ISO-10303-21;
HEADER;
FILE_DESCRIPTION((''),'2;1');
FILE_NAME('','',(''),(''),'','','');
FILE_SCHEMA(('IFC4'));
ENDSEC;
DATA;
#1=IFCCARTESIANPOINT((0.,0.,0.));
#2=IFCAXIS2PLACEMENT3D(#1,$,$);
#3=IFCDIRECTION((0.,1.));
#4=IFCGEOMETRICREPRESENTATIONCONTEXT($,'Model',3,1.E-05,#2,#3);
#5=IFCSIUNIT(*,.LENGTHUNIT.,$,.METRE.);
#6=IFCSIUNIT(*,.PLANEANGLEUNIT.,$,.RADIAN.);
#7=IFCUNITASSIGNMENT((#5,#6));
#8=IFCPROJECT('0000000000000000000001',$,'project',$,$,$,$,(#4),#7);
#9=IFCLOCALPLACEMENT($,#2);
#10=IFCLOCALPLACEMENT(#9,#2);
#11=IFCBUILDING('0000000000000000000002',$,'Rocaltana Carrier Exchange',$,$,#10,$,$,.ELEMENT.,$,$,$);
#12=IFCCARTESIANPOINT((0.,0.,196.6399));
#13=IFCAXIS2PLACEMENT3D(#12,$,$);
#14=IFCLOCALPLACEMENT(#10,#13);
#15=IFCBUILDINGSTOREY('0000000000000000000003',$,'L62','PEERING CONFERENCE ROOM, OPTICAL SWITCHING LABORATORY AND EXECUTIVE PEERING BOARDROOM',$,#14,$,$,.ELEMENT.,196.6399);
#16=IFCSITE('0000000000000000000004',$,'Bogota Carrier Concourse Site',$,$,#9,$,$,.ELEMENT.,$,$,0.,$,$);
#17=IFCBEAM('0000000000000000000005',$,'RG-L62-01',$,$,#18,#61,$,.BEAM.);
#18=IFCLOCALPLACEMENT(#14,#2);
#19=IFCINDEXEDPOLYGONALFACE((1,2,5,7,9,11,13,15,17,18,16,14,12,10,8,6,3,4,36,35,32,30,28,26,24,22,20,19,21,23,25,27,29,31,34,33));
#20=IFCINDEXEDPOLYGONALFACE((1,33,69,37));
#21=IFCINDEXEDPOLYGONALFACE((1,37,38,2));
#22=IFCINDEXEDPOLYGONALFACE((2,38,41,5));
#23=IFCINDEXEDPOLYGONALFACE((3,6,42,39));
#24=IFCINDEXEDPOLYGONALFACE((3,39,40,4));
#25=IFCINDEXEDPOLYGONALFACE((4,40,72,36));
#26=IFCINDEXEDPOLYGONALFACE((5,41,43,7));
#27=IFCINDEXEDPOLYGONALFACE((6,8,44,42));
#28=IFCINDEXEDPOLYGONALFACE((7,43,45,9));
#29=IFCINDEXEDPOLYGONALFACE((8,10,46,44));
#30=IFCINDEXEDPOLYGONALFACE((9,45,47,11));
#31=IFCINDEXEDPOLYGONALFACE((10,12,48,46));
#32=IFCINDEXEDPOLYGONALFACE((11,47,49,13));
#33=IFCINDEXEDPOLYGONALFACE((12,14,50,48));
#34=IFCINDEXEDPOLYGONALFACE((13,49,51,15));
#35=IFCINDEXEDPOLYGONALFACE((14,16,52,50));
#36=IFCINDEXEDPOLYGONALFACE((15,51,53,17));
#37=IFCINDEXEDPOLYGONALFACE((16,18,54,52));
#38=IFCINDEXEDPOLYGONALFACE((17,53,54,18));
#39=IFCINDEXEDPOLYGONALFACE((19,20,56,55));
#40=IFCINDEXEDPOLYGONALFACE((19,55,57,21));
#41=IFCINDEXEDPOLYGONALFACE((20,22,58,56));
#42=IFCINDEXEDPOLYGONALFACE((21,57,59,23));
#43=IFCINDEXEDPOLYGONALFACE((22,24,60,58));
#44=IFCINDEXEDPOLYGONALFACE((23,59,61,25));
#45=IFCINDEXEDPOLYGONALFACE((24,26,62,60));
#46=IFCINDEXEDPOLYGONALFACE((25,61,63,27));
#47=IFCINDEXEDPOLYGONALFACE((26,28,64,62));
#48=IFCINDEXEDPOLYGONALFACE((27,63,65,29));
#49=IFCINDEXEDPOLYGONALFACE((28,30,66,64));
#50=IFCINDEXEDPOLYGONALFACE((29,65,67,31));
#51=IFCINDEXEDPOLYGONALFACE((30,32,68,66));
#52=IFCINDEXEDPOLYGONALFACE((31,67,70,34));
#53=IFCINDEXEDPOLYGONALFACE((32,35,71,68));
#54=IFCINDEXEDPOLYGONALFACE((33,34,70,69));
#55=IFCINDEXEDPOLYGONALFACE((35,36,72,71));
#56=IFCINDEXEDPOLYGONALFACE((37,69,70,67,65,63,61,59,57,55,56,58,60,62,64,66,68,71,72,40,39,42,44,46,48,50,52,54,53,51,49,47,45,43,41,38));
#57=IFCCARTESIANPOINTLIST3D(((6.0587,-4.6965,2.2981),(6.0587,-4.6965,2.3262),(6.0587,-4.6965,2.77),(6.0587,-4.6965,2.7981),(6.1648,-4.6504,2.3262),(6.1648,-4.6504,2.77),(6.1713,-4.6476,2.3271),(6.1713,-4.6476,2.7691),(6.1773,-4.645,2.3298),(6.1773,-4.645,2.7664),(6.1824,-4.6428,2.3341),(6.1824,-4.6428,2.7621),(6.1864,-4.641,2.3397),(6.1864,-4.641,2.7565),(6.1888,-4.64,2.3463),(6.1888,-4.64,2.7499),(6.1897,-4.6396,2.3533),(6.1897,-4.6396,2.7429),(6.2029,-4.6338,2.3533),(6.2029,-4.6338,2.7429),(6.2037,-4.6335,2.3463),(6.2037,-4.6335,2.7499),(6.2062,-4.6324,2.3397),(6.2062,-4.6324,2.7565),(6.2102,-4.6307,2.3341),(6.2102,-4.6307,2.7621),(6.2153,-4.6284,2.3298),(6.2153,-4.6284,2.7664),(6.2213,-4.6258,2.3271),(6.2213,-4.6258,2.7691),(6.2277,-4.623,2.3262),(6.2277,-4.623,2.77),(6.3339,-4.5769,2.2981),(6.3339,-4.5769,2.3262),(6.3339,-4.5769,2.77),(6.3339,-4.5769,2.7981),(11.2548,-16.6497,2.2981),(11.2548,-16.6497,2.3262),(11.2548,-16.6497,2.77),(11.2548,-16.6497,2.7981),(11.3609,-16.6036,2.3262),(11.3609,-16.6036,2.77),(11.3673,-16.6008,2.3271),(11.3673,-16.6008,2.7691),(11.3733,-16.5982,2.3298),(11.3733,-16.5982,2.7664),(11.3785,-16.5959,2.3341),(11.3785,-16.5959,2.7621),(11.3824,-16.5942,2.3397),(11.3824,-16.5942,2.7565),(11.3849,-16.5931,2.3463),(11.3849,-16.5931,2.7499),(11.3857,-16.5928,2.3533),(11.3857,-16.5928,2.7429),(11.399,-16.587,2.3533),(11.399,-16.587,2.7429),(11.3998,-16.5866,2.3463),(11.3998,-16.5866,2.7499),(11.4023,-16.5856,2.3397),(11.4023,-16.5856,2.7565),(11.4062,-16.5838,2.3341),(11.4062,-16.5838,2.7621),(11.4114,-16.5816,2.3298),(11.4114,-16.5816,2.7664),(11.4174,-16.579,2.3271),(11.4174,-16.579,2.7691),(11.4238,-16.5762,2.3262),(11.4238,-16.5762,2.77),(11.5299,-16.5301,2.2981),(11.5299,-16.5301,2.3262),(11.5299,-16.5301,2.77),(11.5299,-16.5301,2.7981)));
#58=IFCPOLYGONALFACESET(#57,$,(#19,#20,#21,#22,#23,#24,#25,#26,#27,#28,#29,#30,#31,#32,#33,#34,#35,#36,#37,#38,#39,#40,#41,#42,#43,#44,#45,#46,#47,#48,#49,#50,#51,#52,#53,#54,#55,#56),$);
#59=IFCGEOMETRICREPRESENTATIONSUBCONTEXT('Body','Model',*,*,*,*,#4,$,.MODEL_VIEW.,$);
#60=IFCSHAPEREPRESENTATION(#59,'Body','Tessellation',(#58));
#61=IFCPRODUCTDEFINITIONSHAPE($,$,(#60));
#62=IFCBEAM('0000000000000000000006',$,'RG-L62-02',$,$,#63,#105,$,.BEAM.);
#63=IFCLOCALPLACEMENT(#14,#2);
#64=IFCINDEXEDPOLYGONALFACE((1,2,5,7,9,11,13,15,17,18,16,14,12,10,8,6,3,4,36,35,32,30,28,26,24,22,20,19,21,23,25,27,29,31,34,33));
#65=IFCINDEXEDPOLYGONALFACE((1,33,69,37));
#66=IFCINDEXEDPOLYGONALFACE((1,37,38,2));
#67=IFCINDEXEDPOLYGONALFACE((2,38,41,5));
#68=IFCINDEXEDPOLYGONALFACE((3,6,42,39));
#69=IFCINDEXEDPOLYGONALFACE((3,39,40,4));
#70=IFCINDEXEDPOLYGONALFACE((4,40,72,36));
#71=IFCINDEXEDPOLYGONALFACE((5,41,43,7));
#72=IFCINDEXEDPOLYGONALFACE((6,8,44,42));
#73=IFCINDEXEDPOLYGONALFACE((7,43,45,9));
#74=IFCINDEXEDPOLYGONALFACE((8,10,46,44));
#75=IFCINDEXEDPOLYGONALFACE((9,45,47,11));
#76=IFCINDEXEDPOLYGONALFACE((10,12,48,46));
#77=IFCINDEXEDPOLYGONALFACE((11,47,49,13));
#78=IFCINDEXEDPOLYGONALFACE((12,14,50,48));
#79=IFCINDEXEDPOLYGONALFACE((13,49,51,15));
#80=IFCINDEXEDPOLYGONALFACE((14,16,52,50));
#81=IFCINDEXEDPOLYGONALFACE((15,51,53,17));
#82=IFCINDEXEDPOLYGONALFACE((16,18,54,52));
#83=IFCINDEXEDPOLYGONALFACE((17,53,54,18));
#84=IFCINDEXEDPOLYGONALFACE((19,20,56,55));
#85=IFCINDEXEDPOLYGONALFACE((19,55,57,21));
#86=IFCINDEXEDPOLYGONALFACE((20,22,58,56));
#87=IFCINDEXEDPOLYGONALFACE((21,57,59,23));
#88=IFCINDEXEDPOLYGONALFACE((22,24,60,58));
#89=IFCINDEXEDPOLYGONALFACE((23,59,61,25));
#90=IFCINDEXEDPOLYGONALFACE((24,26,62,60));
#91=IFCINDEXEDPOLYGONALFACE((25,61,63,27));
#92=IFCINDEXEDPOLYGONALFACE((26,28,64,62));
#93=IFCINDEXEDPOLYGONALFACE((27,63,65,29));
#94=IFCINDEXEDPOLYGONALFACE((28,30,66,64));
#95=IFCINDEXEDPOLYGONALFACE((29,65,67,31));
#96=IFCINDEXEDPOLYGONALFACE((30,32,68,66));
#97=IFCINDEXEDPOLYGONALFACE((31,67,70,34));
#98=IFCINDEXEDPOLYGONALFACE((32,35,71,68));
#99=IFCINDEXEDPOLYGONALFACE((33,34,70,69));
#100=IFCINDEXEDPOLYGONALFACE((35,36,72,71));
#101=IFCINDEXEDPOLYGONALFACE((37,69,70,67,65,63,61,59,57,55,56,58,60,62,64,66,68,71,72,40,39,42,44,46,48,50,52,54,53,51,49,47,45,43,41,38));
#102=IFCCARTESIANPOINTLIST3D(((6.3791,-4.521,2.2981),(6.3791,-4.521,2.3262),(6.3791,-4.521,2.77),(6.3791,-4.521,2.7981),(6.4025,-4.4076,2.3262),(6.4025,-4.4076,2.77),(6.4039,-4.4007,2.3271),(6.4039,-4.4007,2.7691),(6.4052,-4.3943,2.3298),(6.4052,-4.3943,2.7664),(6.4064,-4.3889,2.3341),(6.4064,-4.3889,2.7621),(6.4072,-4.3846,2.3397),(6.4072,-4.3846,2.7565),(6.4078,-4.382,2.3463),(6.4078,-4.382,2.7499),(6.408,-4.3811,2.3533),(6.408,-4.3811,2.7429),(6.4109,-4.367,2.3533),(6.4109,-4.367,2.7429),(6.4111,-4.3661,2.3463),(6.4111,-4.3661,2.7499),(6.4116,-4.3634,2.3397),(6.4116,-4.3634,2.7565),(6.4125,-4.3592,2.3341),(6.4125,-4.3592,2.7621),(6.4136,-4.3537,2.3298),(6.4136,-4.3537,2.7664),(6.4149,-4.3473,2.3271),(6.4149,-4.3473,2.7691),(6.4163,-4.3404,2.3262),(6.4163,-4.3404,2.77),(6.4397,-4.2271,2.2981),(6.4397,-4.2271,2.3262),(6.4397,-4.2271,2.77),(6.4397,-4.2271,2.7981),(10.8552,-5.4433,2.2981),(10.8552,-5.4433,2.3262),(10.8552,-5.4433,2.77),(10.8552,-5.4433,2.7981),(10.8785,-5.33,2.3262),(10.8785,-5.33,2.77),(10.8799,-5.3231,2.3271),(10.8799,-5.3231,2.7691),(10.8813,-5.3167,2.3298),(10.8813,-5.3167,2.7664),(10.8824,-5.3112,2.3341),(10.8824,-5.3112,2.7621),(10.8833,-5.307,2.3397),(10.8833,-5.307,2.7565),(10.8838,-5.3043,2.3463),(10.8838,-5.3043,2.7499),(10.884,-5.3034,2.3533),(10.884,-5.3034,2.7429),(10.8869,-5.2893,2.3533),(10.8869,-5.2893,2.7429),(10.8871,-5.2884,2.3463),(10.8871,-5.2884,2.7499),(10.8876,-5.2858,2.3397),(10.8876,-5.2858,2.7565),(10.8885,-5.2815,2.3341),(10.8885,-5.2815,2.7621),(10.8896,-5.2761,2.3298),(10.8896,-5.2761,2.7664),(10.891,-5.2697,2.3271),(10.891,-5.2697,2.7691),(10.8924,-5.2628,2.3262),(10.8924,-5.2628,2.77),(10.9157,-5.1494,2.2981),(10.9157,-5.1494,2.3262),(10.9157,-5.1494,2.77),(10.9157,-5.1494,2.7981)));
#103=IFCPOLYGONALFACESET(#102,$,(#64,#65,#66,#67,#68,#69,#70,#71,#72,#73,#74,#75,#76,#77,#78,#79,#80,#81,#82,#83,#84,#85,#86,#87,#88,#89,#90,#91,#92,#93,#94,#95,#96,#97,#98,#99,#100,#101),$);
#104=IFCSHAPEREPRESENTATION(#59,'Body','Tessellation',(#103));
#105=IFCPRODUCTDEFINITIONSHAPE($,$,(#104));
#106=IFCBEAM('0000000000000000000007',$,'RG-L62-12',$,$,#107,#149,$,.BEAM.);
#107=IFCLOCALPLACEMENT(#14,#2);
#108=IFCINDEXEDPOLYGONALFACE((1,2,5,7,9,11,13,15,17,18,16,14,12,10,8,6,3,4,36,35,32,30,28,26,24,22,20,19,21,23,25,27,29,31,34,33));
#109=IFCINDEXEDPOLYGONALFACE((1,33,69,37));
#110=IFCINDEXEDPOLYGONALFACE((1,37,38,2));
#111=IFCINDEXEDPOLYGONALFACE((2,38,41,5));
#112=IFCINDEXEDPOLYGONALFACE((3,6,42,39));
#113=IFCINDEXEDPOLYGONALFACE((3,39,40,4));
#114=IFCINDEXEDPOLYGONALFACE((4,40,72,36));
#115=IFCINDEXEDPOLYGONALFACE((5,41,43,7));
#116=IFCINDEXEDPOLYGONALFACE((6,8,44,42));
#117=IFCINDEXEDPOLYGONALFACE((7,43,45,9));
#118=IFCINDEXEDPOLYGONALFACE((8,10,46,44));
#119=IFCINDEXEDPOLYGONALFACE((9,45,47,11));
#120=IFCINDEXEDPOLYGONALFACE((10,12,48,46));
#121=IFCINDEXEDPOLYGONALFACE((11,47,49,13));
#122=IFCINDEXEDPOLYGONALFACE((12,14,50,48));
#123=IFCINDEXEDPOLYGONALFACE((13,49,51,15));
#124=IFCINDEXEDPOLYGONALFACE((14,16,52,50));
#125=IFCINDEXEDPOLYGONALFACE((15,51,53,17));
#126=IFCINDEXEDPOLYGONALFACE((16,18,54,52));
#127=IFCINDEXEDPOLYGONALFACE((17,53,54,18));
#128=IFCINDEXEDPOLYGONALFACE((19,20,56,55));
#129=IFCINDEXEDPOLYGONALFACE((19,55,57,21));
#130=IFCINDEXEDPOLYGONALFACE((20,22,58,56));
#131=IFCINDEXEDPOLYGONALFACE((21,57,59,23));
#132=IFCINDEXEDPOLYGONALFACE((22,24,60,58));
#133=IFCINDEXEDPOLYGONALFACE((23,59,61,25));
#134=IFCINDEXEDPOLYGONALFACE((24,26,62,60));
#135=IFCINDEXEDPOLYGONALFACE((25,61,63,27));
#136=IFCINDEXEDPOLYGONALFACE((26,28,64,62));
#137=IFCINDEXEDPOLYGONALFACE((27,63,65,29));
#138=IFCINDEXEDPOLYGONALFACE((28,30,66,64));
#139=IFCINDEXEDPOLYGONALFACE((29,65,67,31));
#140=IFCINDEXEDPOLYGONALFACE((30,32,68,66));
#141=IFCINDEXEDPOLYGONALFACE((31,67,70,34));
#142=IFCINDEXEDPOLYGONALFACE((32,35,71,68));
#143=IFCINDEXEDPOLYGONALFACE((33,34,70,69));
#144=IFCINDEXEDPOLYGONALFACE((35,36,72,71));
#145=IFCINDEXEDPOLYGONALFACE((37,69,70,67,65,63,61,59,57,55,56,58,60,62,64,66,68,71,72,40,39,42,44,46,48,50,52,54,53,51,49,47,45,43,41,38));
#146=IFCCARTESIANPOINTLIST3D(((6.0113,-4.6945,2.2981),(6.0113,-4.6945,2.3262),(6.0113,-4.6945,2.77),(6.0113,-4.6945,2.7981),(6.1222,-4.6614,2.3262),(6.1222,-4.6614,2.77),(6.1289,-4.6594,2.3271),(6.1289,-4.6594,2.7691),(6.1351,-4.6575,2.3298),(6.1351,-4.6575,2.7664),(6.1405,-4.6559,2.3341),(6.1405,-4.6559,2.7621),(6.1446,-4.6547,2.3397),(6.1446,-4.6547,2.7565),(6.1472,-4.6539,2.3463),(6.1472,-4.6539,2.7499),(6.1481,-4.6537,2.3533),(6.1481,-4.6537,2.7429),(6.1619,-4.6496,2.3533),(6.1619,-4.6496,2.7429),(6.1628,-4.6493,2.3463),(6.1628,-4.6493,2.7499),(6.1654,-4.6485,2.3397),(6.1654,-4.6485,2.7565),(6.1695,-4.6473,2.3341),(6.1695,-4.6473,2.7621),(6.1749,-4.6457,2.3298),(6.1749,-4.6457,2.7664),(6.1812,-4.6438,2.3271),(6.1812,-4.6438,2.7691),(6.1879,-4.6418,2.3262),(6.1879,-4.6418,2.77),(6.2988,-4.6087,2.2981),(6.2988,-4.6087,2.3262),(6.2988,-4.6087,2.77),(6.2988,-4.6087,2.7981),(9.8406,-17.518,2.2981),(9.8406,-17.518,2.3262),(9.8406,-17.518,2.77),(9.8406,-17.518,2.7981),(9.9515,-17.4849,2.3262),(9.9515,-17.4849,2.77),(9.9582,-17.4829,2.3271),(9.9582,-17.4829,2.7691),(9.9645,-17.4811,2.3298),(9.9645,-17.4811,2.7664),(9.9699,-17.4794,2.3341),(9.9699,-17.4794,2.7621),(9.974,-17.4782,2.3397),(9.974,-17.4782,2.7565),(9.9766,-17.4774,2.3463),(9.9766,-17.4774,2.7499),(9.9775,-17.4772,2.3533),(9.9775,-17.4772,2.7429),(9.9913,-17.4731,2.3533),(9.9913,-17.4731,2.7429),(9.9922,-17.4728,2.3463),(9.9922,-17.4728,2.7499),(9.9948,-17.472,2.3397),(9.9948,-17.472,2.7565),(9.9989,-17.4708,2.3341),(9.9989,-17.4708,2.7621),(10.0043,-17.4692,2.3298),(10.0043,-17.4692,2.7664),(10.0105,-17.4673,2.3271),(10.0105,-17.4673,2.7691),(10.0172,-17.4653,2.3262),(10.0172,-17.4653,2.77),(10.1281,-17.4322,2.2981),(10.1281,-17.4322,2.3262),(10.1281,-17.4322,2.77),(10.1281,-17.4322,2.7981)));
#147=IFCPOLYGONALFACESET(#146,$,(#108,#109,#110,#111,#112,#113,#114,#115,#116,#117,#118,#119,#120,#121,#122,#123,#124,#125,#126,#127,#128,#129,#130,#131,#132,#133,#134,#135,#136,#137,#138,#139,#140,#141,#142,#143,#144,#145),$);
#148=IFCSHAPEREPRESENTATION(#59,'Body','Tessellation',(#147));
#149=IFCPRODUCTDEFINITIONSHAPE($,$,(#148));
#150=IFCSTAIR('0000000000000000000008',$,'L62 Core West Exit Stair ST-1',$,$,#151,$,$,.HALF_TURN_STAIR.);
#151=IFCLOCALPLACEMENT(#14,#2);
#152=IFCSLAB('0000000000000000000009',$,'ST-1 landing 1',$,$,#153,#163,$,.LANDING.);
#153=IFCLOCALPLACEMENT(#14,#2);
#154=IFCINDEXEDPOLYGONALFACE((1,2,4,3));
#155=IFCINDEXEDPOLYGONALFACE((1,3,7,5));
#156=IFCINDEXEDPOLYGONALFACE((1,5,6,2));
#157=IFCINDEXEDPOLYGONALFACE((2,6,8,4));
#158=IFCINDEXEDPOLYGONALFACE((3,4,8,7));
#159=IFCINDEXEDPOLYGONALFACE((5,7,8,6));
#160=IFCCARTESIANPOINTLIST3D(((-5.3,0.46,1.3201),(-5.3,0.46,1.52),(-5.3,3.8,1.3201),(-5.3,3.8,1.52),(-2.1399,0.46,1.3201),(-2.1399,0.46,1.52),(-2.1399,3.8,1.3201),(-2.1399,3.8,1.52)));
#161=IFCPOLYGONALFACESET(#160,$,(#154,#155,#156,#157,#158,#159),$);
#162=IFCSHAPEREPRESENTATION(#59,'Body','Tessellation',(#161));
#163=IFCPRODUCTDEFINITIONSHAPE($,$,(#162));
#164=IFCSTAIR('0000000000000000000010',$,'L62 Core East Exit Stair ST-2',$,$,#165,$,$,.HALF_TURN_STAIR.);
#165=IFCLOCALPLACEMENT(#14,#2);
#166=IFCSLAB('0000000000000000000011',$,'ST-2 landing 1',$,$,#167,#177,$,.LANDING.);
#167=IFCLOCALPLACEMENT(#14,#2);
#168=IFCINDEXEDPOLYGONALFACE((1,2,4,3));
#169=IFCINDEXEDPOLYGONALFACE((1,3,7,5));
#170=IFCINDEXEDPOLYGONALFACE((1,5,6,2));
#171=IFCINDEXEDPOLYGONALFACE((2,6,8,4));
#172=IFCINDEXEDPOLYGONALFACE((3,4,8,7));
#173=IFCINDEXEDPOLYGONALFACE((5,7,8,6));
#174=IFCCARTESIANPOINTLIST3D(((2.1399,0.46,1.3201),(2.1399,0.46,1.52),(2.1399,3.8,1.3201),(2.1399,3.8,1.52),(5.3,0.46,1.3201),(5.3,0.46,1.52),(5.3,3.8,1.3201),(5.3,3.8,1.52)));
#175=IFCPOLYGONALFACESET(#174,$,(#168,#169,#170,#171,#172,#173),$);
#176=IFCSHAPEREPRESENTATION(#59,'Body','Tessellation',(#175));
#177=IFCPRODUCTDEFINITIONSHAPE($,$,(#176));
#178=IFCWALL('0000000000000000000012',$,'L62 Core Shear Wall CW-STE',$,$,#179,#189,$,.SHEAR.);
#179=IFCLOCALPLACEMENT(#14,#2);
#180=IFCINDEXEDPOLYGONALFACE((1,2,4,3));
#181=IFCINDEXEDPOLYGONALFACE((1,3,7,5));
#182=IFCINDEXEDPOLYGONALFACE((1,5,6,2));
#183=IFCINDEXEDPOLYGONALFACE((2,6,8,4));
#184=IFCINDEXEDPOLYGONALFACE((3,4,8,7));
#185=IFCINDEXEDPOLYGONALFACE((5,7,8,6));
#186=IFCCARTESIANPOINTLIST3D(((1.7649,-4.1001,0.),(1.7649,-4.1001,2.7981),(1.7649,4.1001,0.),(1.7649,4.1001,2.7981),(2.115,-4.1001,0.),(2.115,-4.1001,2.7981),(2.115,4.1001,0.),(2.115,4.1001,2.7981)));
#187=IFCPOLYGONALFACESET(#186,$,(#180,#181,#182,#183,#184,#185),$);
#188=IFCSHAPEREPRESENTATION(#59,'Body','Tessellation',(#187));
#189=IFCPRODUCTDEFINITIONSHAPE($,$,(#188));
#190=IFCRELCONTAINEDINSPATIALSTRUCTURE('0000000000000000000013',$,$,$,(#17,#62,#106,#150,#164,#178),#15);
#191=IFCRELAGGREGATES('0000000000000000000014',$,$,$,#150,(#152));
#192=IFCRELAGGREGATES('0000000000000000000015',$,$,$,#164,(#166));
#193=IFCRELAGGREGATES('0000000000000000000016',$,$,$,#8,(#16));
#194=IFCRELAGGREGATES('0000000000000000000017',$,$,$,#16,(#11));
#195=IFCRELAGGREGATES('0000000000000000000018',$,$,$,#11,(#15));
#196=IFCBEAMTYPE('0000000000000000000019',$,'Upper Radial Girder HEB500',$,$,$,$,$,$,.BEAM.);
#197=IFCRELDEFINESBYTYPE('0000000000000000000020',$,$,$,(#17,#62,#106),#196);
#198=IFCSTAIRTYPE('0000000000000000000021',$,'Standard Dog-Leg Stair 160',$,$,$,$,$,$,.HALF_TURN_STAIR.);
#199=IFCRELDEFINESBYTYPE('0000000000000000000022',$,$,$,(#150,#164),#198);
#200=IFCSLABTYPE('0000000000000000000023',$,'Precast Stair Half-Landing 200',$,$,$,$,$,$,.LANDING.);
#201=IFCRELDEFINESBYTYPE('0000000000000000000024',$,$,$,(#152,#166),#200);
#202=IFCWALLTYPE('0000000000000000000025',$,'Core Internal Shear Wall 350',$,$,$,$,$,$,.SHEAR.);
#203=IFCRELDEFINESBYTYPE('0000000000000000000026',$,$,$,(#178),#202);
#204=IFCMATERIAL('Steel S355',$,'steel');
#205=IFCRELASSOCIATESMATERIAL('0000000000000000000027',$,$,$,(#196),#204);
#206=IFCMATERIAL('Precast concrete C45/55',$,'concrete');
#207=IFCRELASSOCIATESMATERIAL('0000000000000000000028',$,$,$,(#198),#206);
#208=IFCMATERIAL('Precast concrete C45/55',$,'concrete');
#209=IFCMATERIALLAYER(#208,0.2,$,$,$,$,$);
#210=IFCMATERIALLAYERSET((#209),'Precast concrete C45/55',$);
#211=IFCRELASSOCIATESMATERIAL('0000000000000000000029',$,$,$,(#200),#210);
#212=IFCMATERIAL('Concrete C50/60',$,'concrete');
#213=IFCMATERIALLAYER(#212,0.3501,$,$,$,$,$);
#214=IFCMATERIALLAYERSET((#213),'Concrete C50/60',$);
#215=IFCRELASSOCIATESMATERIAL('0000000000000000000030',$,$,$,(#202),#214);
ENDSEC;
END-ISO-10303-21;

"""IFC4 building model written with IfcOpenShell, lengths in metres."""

from ifc_helpers import new_model, si_unit, direction, frame, frame_2d, origin, origin_2d, place, context, subcontext, project, spatial, polyline, rectangle, i_section, outline, extrude, material, layer, layer_set, material_profile, profile_set, type_object, element, aggregate, save


model = new_model("IFC4")

# Units and contexts
model_context = context("Model", 3, precision=1e-05, world=origin(), true_north=direction((0.0, 1.0)))
body_context = subcontext(model_context, "Body", "Model", "MODEL_VIEW")
ifc_project = project(units=[si_unit("LENGTHUNIT", "METRE"), si_unit("PLANEANGLEUNIT", "RADIAN")], contexts=[model_context])

# Site, building, storey
site_placement = place(None, origin())
site = spatial("IfcSite", under=ifc_project, at=site_placement, Name="Bogota Carrier Concourse Site", CompositionType="ELEMENT", RefElevation=0.0)
building_placement = place(site_placement, origin())
building = spatial("IfcBuilding", under=site, at=building_placement, Name="Rocaltana Carrier Exchange", CompositionType="ELEMENT")
storey_placement = place(building_placement, frame((0.0, 0.0, 196.6399)))
storey = spatial("IfcBuildingStorey", under=building, at=storey_placement, Name="L62", Description="PEERING CONFERENCE ROOM, OPTICAL SWITCHING LABORATORY AND EXECUTIVE PEERING BOARDROOM", CompositionType="ELEMENT", Elevation=196.6399)

# Beams
ifc_material_1 = material(Name="Steel S355", Category="steel")
ifc_material_profile_1 = material_profile(ifc_material_1, i_section(OverallWidth=0.3, OverallDepth=0.5, WebThickness=0.0144, FlangeThickness=0.0281, FilletRadius=0.0271, at=origin_2d()), Name="HEB500")
ifc_profile_set_1 = profile_set([ifc_material_profile_1], Name="Steel S355")
beam_type_1 = type_object("IfcBeamType", Name="Upper Radial Girder HEB500", PredefinedType="BEAM", material=ifc_profile_set_1)
beam_1_placement = place(storey_placement, frame((6.1963, -4.6367, 2.5481), z_axis=(0.398664, -0.917097, 0.0), x_axis=(0.917097, 0.398664, 0.0)))
element("IfcBeam", 1, at=beam_1_placement, inside=storey, type_object=beam_type_1, Name="RG-L62-01", PredefinedType="BEAM", context=body_context, shape_type="SweptSolid", body=[
    extrude(i_section(OverallWidth=0.3, OverallDepth=0.5, WebThickness=0.0144, FlangeThickness=0.0281, FilletRadius=0.0271, at=origin_2d()), origin(), (0.0, 0.0, 1.0), 13.0337),
])
beam_2_placement = place(storey_placement, frame((6.4094, -4.374, 2.5481), z_axis=(0.979422, -0.201825, 0.0), x_axis=(0.201825, 0.979422, 0.0)))
element("IfcBeam", 2, at=beam_2_placement, inside=storey, type_object=beam_type_1, Name="RG-L62-02", PredefinedType="BEAM", context=body_context, shape_type="SweptSolid", body=[
    extrude(i_section(OverallWidth=0.3, OverallDepth=0.5, WebThickness=0.0144, FlangeThickness=0.0281, FilletRadius=0.0271, at=origin_2d()), origin(), (0.0, 0.0, 1.0), 4.5701),
])
beam_3_placement = place(storey_placement, frame((6.155, -4.6516, 2.5481), z_axis=(0.286134, -0.95819, 0.0), x_axis=(0.95819, 0.286134, 0.0)))
element("IfcBeam", 3, at=beam_3_placement, inside=storey, type_object=beam_type_1, Name="RG-L62-12", PredefinedType="BEAM", context=body_context, shape_type="SweptSolid", body=[
    extrude(i_section(OverallWidth=0.3, OverallDepth=0.5, WebThickness=0.0144, FlangeThickness=0.0281, FilletRadius=0.0271, at=origin_2d()), origin(), (0.0, 0.0, 1.0), 13.3831),
])

# Stairs, slabs
ifc_material_2 = material(Name="Precast concrete C45/55", Category="concrete")
stair_type = type_object("IfcStairType", Name="Standard Dog-Leg Stair 160", PredefinedType="HALF_TURN_STAIR", material=ifc_material_2)
stair_1_placement = place(storey_placement, origin())
stair_1 = element("IfcStair", 4, at=stair_1_placement, inside=storey, type_object=stair_type, Name="L62 Core West Exit Stair ST-1", PredefinedType="HALF_TURN_STAIR")
ifc_material_3 = material(Name="Precast concrete C45/55", Category="concrete")
ifc_layer_1 = layer(ifc_material_3, 0.2)
ifc_layer_set_1 = layer_set([ifc_layer_1], Name="Precast concrete C45/55")
slab_type = type_object("IfcSlabType", Name="Precast Stair Half-Landing 200", PredefinedType="LANDING", material=ifc_layer_set_1)
slab_1_placement = place(storey_placement, frame((0.0, 0.0, 1.3201)))
slab_1 = element("IfcSlab", 5, at=slab_1_placement, type_object=slab_type, Name="ST-1 landing 1", PredefinedType="LANDING", context=body_context, shape_type="SweptSolid", body=[
    extrude(outline(polyline([(-2.1399, 0.46), (-2.1399, 3.8), (-5.3, 3.8), (-5.3, 0.46), (-2.1399, 0.46)])), origin(), (0.0, 0.0, 1.0), 0.2),
])
aggregate(stair_1, [slab_1])
stair_2_placement = place(storey_placement, origin())
stair_2 = element("IfcStair", 6, at=stair_2_placement, inside=storey, type_object=stair_type, Name="L62 Core East Exit Stair ST-2", PredefinedType="HALF_TURN_STAIR")
slab_2_placement = place(storey_placement, frame((0.0, 0.0, 1.3201)))
slab_2 = element("IfcSlab", 7, at=slab_2_placement, type_object=slab_type, Name="ST-2 landing 1", PredefinedType="LANDING", context=body_context, shape_type="SweptSolid", body=[
    extrude(outline(polyline([(5.3, 0.46), (5.3, 3.8), (2.1399, 3.8), (2.1399, 0.46), (5.3, 0.46)])), origin(), (0.0, 0.0, 1.0), 0.2),
])

# Wall
ifc_material_4 = material(Name="Concrete C50/60", Category="concrete")
ifc_layer_2 = layer(ifc_material_4, 0.3501)
ifc_layer_set_2 = layer_set([ifc_layer_2], Name="Concrete C50/60")
wall_type_1 = type_object("IfcWallType", Name="Core Internal Shear Wall 350", PredefinedType="SHEAR", material=ifc_layer_set_2)
wall_1_placement = place(storey_placement, frame((1.9399, -4.1001, 0.0), z_axis=(0.0, 0.0, 1.0), x_axis=(0.0, 1.0, 0.0)))
element("IfcWall", 8, at=wall_1_placement, inside=storey, type_object=wall_type_1, Name="L62 Core Shear Wall CW-STE", PredefinedType="SHEAR", context=body_context, shape_type="SweptSolid", body=[
    extrude(rectangle(XDim=8.2002, YDim=0.3501, at=frame_2d((4.1001, 0.0))), origin(), (0.0, 0.0, 1.0), 2.7981),
])

aggregate(stair_2, [slab_2])

save(model, "model.ifc")
